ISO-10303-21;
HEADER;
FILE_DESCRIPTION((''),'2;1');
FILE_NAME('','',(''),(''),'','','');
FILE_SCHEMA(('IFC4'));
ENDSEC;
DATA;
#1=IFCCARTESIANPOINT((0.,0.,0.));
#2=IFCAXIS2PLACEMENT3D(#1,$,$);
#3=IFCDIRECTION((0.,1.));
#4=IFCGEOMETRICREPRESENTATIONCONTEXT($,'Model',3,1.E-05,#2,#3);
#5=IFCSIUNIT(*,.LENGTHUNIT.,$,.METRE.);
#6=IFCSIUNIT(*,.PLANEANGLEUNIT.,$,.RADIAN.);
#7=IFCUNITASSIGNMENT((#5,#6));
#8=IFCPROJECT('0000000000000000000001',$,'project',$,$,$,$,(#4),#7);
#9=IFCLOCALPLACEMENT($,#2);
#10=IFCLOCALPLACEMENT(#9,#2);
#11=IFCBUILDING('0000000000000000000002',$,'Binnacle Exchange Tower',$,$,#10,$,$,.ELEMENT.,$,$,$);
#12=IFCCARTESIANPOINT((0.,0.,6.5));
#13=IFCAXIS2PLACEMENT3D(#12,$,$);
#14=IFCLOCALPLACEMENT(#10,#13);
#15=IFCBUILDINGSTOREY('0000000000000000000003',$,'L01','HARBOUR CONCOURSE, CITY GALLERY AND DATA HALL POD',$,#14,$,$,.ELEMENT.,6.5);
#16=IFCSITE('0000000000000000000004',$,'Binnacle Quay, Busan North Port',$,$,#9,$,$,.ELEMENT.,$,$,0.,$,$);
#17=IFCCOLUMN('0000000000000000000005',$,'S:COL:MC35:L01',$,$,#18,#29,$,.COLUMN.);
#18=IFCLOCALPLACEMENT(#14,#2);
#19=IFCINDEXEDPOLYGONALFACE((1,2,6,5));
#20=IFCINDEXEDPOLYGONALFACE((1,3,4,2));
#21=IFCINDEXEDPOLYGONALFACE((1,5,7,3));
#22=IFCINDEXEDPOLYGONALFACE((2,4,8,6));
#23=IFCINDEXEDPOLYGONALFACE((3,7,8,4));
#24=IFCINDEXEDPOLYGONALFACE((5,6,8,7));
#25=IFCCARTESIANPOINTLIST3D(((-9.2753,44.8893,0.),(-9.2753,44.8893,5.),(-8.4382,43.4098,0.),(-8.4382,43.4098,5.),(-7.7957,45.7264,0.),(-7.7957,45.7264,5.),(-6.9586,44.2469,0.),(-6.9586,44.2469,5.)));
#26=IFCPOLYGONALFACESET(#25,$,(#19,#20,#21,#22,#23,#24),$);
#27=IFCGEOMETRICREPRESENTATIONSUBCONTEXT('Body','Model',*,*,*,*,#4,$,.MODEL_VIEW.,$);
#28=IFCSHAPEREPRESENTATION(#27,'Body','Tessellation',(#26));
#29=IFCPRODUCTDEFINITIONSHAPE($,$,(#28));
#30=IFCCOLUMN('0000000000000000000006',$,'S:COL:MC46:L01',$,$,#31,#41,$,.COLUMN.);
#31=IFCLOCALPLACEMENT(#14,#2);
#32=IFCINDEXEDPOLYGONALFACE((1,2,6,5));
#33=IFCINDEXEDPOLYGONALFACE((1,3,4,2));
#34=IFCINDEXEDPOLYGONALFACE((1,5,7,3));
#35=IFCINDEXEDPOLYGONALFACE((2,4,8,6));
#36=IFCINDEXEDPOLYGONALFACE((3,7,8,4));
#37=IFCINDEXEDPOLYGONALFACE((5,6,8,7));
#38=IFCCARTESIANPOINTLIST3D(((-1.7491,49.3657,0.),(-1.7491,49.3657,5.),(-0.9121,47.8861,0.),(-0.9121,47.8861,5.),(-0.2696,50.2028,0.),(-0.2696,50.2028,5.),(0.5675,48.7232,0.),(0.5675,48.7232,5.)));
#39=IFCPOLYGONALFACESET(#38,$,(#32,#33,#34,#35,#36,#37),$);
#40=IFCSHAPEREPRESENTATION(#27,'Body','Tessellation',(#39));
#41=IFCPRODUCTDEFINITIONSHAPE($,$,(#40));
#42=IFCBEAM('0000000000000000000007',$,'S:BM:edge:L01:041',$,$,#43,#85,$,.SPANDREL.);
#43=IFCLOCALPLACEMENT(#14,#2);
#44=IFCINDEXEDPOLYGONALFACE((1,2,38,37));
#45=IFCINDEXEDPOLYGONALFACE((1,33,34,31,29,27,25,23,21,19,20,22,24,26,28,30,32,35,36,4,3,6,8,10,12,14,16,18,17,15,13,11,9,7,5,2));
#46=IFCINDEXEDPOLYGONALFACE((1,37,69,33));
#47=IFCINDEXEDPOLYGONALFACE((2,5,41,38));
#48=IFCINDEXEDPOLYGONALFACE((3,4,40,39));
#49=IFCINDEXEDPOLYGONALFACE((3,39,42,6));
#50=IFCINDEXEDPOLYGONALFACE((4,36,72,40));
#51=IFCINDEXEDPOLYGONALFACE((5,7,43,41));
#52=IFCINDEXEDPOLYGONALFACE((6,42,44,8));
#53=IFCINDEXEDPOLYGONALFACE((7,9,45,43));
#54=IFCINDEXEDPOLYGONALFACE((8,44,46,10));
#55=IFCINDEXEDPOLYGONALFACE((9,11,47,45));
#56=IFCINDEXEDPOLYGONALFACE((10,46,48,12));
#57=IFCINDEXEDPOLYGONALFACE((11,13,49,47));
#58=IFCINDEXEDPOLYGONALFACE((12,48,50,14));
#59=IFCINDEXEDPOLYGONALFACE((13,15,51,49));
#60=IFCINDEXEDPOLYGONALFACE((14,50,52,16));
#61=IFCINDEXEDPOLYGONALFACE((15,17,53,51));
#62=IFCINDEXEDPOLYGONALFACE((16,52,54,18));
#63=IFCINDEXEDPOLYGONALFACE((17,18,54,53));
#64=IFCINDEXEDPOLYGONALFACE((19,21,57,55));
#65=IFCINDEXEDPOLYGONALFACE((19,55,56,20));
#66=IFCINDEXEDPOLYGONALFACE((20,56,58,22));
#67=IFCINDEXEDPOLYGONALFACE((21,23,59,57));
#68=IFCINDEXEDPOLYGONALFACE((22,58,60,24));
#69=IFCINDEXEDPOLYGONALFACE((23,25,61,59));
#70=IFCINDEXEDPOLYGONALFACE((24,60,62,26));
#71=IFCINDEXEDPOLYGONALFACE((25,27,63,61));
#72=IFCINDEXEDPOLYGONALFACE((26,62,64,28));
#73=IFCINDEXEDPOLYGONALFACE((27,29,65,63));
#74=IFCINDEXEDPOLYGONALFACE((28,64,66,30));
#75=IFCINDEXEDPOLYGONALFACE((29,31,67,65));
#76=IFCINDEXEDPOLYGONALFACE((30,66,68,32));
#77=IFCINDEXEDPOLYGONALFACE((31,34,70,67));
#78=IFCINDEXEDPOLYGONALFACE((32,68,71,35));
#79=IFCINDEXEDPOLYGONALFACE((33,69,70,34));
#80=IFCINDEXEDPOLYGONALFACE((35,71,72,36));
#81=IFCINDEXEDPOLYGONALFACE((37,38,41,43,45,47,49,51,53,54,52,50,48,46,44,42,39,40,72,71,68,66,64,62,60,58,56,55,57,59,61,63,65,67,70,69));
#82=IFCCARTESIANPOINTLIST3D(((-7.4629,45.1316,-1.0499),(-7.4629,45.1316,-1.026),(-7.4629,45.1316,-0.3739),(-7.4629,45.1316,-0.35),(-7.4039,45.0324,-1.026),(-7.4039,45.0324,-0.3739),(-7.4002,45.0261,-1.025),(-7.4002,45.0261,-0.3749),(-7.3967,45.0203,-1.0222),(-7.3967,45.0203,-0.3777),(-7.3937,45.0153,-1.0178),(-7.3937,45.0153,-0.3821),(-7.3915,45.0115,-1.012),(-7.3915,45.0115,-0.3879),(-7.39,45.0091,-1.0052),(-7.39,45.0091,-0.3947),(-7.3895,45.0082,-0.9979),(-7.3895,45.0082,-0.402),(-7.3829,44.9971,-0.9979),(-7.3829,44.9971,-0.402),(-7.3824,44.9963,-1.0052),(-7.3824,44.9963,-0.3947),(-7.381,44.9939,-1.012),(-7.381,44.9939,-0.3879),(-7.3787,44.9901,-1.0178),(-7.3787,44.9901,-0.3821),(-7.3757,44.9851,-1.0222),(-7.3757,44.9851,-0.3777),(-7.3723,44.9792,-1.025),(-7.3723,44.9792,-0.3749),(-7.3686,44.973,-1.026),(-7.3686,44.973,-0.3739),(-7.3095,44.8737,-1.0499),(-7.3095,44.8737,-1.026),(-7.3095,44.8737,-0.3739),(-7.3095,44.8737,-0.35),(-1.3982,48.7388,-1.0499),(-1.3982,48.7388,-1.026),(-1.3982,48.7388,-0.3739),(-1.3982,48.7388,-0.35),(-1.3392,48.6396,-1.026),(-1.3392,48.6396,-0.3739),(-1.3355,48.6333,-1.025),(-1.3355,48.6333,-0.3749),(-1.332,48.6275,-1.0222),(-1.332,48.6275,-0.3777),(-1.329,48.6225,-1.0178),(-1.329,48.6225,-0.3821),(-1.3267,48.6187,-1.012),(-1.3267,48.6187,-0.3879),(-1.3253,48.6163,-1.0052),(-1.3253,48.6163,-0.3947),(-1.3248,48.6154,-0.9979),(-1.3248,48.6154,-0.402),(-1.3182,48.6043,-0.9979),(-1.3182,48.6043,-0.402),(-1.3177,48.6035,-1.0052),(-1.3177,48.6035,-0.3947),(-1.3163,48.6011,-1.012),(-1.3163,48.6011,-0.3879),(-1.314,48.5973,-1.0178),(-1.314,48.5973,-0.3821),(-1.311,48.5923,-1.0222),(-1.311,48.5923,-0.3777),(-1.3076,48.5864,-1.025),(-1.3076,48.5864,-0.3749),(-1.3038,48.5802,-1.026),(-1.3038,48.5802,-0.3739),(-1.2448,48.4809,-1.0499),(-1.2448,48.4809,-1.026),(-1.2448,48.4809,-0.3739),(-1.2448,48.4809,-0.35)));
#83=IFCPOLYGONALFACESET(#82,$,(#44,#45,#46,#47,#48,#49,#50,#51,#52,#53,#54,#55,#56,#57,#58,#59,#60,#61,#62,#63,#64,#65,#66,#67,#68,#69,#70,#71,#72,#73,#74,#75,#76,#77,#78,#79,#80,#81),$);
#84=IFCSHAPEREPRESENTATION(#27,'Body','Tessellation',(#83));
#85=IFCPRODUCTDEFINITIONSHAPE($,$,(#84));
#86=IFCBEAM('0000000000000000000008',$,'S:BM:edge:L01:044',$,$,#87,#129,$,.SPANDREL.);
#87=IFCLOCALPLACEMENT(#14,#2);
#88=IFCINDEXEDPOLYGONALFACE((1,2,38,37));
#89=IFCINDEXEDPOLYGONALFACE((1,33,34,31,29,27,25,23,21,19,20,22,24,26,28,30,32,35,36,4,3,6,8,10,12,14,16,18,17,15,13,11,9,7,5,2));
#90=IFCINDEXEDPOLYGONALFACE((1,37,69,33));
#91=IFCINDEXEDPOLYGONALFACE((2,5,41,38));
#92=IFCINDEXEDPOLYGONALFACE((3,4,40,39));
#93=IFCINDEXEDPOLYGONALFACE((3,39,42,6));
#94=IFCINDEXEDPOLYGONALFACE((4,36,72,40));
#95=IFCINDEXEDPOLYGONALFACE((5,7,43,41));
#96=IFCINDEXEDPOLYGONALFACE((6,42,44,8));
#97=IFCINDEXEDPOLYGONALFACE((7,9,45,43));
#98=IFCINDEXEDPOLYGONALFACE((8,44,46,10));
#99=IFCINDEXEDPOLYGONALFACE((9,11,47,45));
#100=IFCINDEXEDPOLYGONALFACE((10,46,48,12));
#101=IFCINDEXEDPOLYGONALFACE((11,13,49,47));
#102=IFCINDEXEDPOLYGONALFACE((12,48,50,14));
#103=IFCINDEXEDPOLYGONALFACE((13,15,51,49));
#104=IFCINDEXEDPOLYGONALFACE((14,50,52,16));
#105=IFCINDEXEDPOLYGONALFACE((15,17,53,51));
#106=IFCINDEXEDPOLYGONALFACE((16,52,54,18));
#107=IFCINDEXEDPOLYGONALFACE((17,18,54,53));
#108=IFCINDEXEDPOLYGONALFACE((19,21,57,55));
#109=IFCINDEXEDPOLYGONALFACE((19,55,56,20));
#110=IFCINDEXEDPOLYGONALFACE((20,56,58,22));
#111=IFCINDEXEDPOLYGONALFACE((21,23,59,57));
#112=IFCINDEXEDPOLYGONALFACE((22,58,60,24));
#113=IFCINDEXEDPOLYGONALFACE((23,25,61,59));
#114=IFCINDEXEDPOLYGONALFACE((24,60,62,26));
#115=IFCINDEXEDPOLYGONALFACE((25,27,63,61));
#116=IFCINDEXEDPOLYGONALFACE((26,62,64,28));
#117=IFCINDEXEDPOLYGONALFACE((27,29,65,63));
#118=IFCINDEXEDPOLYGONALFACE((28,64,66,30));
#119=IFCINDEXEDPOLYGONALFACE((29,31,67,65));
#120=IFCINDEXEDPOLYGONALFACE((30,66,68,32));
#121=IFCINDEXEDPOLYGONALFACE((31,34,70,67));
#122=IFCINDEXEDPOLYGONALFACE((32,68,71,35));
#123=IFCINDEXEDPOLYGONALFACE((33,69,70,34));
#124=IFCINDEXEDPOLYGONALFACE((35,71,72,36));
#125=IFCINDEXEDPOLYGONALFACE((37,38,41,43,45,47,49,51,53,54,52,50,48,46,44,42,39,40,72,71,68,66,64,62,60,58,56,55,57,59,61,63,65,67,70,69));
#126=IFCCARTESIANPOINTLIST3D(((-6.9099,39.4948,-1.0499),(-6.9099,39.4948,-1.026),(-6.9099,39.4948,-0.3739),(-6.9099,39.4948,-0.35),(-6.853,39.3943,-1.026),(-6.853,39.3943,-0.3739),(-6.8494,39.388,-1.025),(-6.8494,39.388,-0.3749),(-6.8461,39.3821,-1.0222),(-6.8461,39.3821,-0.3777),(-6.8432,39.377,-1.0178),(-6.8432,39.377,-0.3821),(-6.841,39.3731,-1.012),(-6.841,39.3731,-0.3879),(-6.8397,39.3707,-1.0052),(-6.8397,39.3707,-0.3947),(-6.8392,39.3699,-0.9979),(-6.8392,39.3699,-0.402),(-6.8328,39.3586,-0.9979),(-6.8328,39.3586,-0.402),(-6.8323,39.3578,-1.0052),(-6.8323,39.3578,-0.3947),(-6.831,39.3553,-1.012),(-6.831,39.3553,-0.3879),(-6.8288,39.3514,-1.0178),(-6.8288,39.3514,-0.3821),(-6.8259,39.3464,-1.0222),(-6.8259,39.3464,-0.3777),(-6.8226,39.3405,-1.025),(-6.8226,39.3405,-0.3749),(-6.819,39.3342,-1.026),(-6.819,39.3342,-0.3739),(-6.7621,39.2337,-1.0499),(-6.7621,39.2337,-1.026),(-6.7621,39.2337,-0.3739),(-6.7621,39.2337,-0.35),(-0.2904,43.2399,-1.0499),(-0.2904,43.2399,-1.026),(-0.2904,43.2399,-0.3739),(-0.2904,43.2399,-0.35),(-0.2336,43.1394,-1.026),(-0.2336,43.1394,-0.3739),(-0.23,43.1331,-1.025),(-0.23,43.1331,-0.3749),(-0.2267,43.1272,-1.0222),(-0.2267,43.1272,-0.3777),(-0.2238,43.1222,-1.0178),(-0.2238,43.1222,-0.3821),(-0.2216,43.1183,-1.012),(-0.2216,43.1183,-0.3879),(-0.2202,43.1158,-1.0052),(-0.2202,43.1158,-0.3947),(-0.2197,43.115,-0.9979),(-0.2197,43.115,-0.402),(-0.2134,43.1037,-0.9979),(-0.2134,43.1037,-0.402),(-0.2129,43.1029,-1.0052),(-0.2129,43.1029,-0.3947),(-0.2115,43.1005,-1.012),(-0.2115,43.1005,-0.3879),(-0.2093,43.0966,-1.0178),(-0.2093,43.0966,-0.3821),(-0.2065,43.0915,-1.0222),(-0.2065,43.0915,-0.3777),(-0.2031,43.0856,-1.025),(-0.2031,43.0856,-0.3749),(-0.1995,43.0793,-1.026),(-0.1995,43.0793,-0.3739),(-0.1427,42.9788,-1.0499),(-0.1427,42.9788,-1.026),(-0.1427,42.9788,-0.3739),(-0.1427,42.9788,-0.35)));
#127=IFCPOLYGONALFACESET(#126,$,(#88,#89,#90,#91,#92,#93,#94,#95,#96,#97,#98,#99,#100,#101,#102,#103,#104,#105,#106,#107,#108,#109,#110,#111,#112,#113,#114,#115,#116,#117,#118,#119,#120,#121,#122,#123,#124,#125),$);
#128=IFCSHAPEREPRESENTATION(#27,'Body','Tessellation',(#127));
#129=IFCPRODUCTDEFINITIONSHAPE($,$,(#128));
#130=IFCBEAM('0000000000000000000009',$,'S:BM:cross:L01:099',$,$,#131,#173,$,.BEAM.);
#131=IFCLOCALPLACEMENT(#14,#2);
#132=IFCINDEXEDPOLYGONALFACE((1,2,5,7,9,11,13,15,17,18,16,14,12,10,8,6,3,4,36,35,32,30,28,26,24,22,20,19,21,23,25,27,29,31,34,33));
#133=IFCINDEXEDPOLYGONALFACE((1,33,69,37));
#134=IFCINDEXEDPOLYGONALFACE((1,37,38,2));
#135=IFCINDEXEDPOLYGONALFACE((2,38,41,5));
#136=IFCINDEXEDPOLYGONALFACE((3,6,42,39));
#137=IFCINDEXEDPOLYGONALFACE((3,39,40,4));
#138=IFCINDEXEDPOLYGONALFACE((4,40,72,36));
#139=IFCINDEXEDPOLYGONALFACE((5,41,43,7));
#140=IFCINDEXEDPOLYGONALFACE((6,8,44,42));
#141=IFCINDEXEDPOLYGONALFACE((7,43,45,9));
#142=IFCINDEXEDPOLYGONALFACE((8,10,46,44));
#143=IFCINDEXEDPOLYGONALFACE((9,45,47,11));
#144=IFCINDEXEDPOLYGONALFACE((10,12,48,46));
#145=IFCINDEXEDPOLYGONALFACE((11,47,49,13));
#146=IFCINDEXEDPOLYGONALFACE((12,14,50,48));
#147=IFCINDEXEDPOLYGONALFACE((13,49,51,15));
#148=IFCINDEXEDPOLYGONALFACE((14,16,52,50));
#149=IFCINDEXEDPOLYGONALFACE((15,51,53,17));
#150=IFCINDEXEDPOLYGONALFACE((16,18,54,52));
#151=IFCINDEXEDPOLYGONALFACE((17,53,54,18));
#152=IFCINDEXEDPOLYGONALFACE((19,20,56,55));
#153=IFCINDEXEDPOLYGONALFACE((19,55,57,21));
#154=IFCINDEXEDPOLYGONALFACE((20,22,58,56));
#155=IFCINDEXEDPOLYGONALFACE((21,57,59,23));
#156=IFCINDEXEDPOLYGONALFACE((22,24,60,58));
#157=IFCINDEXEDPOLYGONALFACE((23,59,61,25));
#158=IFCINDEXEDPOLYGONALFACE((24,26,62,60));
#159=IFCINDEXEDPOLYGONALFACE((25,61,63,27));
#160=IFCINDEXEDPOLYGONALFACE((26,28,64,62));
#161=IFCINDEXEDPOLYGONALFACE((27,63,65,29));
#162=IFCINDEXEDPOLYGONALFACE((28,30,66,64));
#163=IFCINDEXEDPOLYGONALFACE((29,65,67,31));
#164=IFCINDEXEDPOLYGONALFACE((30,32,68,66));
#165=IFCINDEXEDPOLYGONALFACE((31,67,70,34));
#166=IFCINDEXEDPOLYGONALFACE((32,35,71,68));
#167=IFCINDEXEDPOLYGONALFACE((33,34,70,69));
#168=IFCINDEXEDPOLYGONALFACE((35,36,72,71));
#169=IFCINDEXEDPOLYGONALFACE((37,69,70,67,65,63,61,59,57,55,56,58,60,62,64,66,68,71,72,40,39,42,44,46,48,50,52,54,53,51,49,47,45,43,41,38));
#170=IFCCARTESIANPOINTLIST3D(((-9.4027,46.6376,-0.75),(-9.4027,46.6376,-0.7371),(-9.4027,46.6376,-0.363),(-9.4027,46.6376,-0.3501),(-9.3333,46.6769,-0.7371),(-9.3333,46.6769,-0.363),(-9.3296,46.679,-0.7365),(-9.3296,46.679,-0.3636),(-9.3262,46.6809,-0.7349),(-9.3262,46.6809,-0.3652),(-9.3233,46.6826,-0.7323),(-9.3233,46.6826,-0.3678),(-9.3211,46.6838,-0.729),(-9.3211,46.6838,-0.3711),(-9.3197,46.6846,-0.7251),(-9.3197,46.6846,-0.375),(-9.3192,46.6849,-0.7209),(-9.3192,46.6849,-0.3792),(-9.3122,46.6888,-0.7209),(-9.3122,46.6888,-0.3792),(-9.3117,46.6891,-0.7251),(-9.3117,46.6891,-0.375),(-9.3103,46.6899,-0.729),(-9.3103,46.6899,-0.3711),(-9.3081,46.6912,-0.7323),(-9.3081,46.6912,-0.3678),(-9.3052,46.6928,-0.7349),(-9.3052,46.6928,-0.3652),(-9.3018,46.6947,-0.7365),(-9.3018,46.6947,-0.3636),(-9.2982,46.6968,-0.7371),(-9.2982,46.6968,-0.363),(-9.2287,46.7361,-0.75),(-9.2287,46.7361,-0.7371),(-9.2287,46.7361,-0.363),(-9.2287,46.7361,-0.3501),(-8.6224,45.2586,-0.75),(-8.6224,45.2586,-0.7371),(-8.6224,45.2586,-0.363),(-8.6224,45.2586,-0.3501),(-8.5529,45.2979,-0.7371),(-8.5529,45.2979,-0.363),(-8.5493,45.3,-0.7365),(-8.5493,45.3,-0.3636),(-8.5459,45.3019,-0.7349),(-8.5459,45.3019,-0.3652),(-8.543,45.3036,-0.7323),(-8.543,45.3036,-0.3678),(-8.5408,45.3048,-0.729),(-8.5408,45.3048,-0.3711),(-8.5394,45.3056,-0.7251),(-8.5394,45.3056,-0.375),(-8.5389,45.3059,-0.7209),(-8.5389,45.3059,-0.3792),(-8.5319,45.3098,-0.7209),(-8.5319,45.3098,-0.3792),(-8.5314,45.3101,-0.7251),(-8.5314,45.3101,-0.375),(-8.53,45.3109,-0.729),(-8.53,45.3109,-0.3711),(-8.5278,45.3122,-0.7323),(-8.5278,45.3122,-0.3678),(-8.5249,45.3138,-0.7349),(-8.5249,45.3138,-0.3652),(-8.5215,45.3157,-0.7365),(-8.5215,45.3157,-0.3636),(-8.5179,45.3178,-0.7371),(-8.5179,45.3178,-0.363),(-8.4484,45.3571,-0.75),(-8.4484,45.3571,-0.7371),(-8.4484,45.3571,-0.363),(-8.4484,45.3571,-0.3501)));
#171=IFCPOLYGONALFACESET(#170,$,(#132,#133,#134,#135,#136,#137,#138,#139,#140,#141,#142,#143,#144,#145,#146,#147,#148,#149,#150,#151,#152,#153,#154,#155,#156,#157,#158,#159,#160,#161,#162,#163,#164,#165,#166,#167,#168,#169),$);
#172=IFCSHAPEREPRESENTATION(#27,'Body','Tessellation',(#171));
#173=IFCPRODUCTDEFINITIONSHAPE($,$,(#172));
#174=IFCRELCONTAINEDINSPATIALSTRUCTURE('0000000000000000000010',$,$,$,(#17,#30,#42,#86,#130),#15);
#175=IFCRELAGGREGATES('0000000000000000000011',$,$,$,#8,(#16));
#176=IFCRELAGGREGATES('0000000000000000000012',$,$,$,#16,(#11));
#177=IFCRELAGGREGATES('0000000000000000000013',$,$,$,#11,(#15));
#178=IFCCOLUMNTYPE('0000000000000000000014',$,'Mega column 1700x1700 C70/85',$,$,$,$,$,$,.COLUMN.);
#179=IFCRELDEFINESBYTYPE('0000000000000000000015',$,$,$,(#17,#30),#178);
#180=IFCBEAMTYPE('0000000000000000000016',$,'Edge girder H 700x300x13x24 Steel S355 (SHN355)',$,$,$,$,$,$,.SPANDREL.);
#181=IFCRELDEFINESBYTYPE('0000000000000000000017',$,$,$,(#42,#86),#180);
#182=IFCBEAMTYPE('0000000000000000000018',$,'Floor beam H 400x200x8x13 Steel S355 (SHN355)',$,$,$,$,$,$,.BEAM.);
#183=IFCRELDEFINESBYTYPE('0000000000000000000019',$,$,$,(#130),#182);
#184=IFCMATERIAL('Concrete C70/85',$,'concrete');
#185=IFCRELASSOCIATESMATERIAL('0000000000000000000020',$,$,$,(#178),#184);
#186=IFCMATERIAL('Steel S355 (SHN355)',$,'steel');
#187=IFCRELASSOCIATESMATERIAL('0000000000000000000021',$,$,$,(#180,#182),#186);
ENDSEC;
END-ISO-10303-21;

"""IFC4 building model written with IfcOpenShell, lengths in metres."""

from ifc_helpers import new_model, si_unit, direction, frame, origin, origin_2d, place, context, subcontext, project, spatial, rectangle, i_section, extrude, material, material_profile, profile_set, type_object, element, save


model = new_model("IFC4")

# Units and contexts
model_context = context("Model", 3, precision=1e-05, world=origin(), true_north=direction((0.0, 1.0)))
body_context = subcontext(model_context, "Body", "Model", "MODEL_VIEW")
ifc_project = project(units=[si_unit("LENGTHUNIT", "METRE"), si_unit("PLANEANGLEUNIT", "RADIAN")], contexts=[model_context])

# Site, building, storey
site_placement = place(None, origin())
site = spatial("IfcSite", under=ifc_project, at=site_placement, Name="Binnacle Quay, Busan North Port", CompositionType="ELEMENT", RefElevation=0.0)
building_placement = place(site_placement, origin())
building = spatial("IfcBuilding", under=site, at=building_placement, Name="Binnacle Exchange Tower", CompositionType="ELEMENT")
storey_placement = place(building_placement, frame((0.0, 0.0, 6.5)))
storey = spatial("IfcBuildingStorey", under=building, at=storey_placement, Name="L01", Description="HARBOUR CONCOURSE, CITY GALLERY AND DATA HALL POD", CompositionType="ELEMENT", Elevation=6.5)

# Columns
ifc_material_1 = material(Name="Concrete C70/85", Category="concrete")
ifc_material_profile_1 = material_profile(ifc_material_1, rectangle(XDim=1.7, YDim=1.7, at=origin_2d()), Name="Mega column 1700x1700 C70/85")
ifc_profile_set_1 = profile_set([ifc_material_profile_1], Name="Concrete C70/85")
column_type = type_object("IfcColumnType", Name="Mega column 1700x1700 C70/85", PredefinedType="COLUMN", material=ifc_profile_set_1)
for number, where, z_axis, x_axis, name in (
    (1, (-8.1169, 44.5681, 0.0), (0.0, 0.0, 1.0), (0.870356, 0.492424, 0.0), "S:COL:MC35:L01"),
    (2, (-0.5908, 49.0444, 0.0), (0.0, 0.0, 1.0), (0.870356, 0.492424, 0.0), "S:COL:MC46:L01"),
):
    element("IfcColumn", number, at=place(storey_placement, frame(where, z_axis=z_axis, x_axis=x_axis)), inside=storey, type_object=column_type, Name=name, PredefinedType="COLUMN", context=body_context, shape_type="SweptSolid", body=[
        extrude(rectangle(XDim=1.7, YDim=1.7, at=origin_2d()), origin(), (0.0, 0.0, 1.0), 5.0),
    ])

# Beams
ifc_material_2 = material(Name="Steel S355 (SHN355)", Category="steel")
ifc_material_profile_2 = material_profile(ifc_material_2, i_section(OverallWidth=0.3, OverallDepth=0.7, WebThickness=0.0129, FlangeThickness=0.0239, FilletRadius=0.0281, at=origin_2d()), Name="H 700x300x13x24")
ifc_profile_set_2 = profile_set([ifc_material_profile_2], Name="Steel S355 (SHN355)")
beam_type_1 = type_object("IfcBeamType", Name="Edge girder H 700x300x13x24 Steel S355 (SHN355)", PredefinedType="SPANDREL", material=ifc_profile_set_2)
beam_1_placement = place(storey_placement, frame((-7.3862, 45.0027, -0.7), z_axis=(0.859465, 0.511195, 0.0), x_axis=(-0.511195, 0.859465, 0.0)))
element("IfcBeam", 3, at=beam_1_placement, inside=storey, type_object=beam_type_1, Name="S:BM:edge:L01:041", PredefinedType="SPANDREL", context=body_context, shape_type="SweptSolid", body=[
    extrude(i_section(OverallWidth=0.3, OverallDepth=0.7, WebThickness=0.0129, FlangeThickness=0.0239, FilletRadius=0.0281, at=origin_2d()), origin(), (0.0, 0.0, 1.0), 7.0564),
])
beam_2_placement = place(storey_placement, frame((-0.2166, 43.1094, -0.7), z_axis=(-0.870353, -0.492428, 0.0), x_axis=(0.492428, -0.870353, 0.0)))
element("IfcBeam", 4, at=beam_2_placement, inside=storey, type_object=beam_type_1, Name="S:BM:edge:L01:044", PredefinedType="SPANDREL", context=body_context, shape_type="SweptSolid", body=[
    extrude(i_section(OverallWidth=0.3, OverallDepth=0.7, WebThickness=0.0129, FlangeThickness=0.0239, FilletRadius=0.0281, at=origin_2d()), origin(), (0.0, 0.0, 1.0), 7.6055),
])
ifc_material_profile_3 = material_profile(ifc_material_2, i_section(OverallWidth=0.2, OverallDepth=0.3999, WebThickness=0.0081, FlangeThickness=0.0129, FilletRadius=0.0161, at=origin_2d()), Name="H 400x200x8x13")
ifc_profile_set_3 = profile_set([ifc_material_profile_3], Name="Steel S355 (SHN355)")
beam_type_2 = type_object("IfcBeamType", Name="Floor beam H 400x200x8x13 Steel S355 (SHN355)", PredefinedType="BEAM", material=ifc_profile_set_3)
beam_3_placement = place(storey_placement, frame((-8.5354, 45.3079, -0.55), z_axis=(-0.492484, 0.870322, 0.0), x_axis=(-0.870322, -0.492484, 0.0)))
element("IfcBeam", 5, at=beam_3_placement, inside=storey, type_object=beam_type_2, Name="S:BM:cross:L01:099", PredefinedType="BEAM", context=body_context, shape_type="SweptSolid", body=[
    extrude(i_section(OverallWidth=0.2, OverallDepth=0.3999, WebThickness=0.0081, FlangeThickness=0.0129, FilletRadius=0.0161, at=origin_2d()), origin(), (0.0, 0.0, 1.0), 1.5845),
])

save(model, "model.ifc")
